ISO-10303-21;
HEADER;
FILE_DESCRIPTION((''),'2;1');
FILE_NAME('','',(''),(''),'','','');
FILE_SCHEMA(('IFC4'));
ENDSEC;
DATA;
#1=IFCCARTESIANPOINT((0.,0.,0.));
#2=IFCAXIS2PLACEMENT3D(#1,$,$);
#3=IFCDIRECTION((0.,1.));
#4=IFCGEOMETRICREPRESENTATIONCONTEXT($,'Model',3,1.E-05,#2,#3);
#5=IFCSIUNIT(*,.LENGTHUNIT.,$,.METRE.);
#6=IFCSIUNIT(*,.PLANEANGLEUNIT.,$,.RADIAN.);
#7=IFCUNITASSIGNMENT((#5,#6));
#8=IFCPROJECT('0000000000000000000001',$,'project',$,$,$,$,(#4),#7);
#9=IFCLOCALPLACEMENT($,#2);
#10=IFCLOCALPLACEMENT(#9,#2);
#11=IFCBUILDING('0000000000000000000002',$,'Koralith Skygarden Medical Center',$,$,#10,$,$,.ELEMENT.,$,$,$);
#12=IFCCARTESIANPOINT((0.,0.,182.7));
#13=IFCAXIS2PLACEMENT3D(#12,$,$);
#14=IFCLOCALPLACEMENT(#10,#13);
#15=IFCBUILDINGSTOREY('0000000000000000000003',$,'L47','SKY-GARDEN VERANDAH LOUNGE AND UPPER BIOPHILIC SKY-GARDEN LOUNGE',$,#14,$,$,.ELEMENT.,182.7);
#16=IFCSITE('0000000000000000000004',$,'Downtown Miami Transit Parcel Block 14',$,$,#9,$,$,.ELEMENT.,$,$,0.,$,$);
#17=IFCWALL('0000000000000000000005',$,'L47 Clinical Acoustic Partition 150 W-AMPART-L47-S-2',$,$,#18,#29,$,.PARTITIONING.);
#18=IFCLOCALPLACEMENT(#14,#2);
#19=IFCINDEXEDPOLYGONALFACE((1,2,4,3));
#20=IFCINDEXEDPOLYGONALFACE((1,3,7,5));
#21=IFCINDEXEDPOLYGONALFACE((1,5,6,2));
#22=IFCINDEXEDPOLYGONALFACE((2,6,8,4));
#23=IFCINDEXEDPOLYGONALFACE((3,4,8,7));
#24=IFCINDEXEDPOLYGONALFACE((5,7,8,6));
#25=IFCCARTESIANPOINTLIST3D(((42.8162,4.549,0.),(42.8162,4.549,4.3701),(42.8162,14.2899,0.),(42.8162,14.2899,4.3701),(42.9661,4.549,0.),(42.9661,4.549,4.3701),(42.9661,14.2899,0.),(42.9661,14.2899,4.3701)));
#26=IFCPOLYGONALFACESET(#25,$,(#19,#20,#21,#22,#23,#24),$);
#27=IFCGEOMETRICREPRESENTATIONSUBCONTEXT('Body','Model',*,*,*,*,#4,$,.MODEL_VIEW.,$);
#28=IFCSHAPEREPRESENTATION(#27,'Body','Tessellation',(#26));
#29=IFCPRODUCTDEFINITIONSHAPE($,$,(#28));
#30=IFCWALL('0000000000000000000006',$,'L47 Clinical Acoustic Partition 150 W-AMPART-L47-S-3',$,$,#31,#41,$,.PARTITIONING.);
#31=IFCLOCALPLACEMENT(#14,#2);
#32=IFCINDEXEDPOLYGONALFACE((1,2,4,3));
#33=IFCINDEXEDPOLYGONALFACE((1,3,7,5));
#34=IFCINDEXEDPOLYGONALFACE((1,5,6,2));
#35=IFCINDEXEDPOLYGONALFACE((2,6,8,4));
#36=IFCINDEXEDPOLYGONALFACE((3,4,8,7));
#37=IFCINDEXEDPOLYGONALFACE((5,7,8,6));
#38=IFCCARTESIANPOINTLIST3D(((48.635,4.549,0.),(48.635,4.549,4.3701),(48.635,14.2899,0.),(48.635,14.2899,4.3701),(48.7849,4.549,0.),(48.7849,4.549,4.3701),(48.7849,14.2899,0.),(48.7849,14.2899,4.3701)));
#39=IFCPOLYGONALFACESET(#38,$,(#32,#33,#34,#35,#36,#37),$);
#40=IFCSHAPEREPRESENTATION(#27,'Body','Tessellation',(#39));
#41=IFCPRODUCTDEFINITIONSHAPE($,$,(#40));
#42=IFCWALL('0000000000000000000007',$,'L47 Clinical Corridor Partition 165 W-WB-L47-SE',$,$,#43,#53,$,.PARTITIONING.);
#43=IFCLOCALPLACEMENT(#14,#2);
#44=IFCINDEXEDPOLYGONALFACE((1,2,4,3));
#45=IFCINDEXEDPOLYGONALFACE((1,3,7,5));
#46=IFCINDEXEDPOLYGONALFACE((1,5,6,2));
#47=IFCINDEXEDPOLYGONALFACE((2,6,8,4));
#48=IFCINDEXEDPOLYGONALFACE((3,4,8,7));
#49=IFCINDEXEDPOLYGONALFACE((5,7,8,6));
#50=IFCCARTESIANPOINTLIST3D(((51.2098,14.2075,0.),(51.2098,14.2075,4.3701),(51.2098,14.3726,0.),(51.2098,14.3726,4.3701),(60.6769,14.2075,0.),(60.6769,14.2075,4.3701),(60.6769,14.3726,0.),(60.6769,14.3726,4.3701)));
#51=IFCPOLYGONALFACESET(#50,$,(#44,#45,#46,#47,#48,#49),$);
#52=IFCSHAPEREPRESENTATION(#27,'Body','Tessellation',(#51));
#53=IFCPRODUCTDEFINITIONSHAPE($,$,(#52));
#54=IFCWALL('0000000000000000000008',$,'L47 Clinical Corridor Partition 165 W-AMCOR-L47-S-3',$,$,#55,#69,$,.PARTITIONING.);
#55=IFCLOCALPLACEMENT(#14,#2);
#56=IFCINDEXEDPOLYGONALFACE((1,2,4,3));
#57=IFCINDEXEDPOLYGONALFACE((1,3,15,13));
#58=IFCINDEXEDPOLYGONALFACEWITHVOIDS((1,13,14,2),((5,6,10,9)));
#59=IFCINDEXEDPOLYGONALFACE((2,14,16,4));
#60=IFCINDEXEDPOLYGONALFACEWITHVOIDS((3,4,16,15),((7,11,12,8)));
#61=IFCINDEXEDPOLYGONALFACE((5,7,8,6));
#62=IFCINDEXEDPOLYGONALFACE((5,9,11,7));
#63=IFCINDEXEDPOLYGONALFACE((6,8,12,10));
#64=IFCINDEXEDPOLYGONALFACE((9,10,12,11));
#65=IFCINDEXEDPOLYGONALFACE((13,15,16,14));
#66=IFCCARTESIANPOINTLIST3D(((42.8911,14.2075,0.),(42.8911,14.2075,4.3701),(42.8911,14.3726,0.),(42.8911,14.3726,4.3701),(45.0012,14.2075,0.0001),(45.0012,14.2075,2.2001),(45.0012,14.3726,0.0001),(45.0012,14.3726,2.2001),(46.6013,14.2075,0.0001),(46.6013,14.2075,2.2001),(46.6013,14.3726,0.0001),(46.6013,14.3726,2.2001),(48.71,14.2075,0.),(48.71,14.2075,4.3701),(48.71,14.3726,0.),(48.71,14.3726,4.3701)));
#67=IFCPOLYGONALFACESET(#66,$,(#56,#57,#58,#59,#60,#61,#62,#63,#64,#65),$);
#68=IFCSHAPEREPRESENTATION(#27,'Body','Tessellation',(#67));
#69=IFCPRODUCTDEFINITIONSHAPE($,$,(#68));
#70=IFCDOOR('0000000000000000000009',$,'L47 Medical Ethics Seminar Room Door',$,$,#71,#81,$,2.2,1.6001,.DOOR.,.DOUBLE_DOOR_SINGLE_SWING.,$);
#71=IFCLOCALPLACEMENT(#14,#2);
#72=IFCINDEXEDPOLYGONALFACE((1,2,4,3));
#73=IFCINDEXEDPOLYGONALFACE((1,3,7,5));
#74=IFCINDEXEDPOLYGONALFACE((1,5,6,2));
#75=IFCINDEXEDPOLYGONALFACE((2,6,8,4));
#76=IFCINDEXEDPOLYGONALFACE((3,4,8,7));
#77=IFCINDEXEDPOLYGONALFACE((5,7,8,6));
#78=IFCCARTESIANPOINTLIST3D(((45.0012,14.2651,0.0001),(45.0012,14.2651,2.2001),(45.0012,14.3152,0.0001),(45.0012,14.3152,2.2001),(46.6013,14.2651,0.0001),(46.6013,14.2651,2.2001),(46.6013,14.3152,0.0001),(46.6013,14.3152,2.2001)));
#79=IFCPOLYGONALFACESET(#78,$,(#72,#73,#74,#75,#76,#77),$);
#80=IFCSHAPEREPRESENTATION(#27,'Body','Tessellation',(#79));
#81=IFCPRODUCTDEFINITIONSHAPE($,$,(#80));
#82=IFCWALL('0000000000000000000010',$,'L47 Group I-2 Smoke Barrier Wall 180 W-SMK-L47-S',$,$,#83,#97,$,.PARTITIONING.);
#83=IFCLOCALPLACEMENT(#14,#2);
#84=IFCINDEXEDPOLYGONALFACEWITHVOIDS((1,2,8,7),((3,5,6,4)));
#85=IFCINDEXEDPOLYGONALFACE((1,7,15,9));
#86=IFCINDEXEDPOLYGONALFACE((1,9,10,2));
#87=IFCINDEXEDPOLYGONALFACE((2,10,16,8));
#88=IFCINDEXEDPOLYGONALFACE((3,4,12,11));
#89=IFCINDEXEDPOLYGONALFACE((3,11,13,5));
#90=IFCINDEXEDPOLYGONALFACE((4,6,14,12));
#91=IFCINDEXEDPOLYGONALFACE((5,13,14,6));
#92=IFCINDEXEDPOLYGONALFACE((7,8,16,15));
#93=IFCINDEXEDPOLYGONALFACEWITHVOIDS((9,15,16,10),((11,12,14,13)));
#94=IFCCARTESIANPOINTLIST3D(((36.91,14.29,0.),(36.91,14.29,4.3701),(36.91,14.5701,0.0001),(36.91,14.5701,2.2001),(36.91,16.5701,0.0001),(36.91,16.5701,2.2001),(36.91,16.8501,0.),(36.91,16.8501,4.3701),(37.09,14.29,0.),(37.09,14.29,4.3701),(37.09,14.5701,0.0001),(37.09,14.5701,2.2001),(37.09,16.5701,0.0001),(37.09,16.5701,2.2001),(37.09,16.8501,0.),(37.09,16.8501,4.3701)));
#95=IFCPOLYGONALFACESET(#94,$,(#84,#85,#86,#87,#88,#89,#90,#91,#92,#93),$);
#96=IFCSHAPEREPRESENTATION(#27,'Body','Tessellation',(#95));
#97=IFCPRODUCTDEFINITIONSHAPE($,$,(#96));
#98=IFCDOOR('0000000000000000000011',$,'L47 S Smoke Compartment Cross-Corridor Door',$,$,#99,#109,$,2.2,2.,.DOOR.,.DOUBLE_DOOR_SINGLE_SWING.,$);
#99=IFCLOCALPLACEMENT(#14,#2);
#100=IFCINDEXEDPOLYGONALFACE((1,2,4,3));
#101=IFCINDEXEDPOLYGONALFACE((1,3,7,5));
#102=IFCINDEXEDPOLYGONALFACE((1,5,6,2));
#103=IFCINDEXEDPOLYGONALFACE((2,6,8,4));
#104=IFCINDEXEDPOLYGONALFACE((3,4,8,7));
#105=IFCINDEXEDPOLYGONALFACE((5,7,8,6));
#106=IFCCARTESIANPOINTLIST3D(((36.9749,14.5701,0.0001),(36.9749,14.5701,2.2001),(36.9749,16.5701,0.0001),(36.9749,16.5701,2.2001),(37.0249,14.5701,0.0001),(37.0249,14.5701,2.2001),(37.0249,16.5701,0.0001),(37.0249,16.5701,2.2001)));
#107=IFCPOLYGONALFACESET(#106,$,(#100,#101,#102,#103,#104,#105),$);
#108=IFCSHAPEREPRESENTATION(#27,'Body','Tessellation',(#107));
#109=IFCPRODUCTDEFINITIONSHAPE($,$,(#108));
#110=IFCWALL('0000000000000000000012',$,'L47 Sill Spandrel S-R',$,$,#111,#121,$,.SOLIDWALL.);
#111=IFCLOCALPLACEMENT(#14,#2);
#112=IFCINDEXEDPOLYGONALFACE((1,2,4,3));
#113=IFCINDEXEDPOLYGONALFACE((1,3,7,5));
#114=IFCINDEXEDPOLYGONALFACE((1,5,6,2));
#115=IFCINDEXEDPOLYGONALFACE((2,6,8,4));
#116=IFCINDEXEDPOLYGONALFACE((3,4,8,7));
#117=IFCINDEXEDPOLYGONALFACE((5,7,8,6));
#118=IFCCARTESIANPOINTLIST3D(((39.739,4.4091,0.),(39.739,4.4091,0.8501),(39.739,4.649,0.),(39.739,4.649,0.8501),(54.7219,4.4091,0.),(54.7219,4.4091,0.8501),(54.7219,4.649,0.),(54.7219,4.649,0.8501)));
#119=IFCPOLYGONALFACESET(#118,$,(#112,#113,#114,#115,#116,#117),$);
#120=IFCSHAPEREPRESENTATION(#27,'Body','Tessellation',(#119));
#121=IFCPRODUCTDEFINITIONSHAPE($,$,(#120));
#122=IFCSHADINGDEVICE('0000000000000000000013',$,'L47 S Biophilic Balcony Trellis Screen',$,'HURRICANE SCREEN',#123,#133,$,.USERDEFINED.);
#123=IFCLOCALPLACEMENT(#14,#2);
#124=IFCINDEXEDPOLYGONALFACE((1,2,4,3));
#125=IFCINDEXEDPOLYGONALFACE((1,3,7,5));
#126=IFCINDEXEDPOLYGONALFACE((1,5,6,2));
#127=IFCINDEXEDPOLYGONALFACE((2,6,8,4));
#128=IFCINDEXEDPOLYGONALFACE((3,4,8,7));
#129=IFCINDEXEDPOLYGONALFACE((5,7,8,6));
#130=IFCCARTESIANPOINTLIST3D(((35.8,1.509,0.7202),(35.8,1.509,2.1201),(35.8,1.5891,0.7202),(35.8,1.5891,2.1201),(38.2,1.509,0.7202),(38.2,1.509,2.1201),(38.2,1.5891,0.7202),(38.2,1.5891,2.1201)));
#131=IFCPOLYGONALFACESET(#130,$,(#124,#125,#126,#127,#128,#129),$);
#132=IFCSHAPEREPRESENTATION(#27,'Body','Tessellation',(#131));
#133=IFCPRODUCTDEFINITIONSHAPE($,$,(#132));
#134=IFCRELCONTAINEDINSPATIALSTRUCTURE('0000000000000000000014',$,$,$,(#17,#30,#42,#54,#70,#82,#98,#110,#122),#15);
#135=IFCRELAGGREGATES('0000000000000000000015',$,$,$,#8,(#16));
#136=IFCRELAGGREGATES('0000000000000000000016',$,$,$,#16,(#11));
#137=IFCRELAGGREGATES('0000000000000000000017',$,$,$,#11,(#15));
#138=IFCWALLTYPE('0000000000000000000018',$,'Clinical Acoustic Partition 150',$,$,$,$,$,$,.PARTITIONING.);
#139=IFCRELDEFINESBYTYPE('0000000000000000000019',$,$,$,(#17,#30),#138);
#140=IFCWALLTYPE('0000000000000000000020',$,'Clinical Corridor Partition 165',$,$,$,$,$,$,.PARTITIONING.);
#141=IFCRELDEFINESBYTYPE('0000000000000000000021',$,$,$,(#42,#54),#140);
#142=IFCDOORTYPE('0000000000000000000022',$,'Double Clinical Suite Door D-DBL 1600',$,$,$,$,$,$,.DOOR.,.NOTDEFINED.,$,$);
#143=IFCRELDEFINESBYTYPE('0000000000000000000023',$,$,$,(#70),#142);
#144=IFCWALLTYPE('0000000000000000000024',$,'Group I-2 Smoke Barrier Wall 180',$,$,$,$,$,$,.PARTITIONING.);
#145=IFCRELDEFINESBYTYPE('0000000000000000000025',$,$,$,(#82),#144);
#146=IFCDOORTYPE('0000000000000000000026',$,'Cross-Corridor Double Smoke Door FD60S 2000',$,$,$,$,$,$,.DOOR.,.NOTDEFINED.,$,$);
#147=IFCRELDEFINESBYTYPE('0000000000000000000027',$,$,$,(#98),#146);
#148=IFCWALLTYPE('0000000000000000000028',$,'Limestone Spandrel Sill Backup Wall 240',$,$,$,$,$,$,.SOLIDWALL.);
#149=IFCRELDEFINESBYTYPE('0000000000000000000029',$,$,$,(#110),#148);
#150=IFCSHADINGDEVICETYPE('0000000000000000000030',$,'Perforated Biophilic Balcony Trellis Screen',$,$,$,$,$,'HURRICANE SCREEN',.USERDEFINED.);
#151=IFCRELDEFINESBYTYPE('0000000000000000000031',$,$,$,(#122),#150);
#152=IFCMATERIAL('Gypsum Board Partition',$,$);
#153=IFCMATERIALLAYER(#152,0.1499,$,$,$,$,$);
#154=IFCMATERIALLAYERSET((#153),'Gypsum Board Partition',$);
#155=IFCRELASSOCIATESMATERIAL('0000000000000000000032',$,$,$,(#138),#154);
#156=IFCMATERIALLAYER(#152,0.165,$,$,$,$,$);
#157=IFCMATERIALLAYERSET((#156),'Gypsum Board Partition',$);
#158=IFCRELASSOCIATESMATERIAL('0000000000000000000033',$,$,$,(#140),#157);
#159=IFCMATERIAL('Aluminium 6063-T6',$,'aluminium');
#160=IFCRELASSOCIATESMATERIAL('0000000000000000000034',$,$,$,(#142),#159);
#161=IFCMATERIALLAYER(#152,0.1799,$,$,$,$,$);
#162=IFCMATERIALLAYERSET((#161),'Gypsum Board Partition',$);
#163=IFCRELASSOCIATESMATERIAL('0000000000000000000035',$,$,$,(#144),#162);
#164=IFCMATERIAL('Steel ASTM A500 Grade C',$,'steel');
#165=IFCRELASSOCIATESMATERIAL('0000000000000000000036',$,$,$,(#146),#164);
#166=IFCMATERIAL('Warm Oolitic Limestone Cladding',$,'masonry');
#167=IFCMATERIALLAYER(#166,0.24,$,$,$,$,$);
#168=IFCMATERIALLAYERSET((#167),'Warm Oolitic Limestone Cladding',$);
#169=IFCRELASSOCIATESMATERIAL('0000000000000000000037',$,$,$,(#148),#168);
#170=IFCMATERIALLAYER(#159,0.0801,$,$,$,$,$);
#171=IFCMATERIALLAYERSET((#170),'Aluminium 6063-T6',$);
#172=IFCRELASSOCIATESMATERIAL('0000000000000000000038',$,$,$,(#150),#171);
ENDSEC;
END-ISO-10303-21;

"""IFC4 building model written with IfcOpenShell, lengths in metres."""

from ifc_helpers import new_model, si_unit, direction, frame, frame_2d, origin, origin_2d, place, context, subcontext, project, spatial, rectangle, extrude, material, layer, layer_set, type_object, element, fill, save


model = new_model("IFC4")

# Units and contexts
model_context = context("Model", 3, precision=1e-05, world=origin(), true_north=direction((0.0, 1.0)))
body_context = subcontext(model_context, "Body", "Model", "MODEL_VIEW")
ifc_project = project(units=[si_unit("LENGTHUNIT", "METRE"), si_unit("PLANEANGLEUNIT", "RADIAN")], contexts=[model_context])

# Site, building, storey
site_placement = place(None, origin())
site = spatial("IfcSite", under=ifc_project, at=site_placement, Name="Downtown Miami Transit Parcel Block 14", CompositionType="ELEMENT", RefElevation=0.0)
building_placement = place(site_placement, origin())
building = spatial("IfcBuilding", under=site, at=building_placement, Name="Koralith Skygarden Medical Center", CompositionType="ELEMENT")
storey_placement = place(building_placement, frame((0.0, 0.0, 182.7)))
storey = spatial("IfcBuildingStorey", under=building, at=storey_placement, Name="L47", Description="SKY-GARDEN VERANDAH LOUNGE AND UPPER BIOPHILIC SKY-GARDEN LOUNGE", CompositionType="ELEMENT", Elevation=182.7)

# Shared definitions
ifc_material_1 = material(Name="Aluminium 6063-T6", Category="aluminium")

# Walls
ifc_material_2 = material(Name="Gypsum Board Partition")
ifc_layer_1 = layer(ifc_material_2, 0.1499)
ifc_layer_set_1 = layer_set([ifc_layer_1], Name="Gypsum Board Partition")
wall_type_1 = type_object("IfcWallType", Name="Clinical Acoustic Partition 150", PredefinedType="PARTITIONING", material=ifc_layer_set_1)
for number, where, z_axis, x_axis, name in (
    (1, (42.8911, 14.29, 0.0), (0.0, 0.0, 1.0), (0.0, -1.0, 0.0), "L47 Clinical Acoustic Partition 150 W-AMPART-L47-S-2"),
    (2, (48.71, 14.29, 0.0), (0.0, 0.0, 1.0), (0.0, -1.0, 0.0), "L47 Clinical Acoustic Partition 150 W-AMPART-L47-S-3"),
):
    element("IfcWall", number, at=place(storey_placement, frame(where, z_axis=z_axis, x_axis=x_axis)), inside=storey, type_object=wall_type_1, Name=name, PredefinedType="PARTITIONING", context=body_context, shape_type="SweptSolid", body=[
        extrude(rectangle(XDim=9.741, YDim=0.1499, at=frame_2d((4.8706, 0.0))), origin(), (0.0, 0.0, 1.0), 4.3701),
    ])
ifc_layer_2 = layer(ifc_material_2, 0.165)
ifc_layer_set_2 = layer_set([ifc_layer_2], Name="Gypsum Board Partition")
wall_type_2 = type_object("IfcWallType", Name="Clinical Corridor Partition 165", PredefinedType="PARTITIONING", material=ifc_layer_set_2)
wall_1_placement = place(storey_placement, frame((51.21, 14.29, 0.0), z_axis=(0.0, 0.0, 1.0), x_axis=(1.0, 0.0, 0.0)))
element("IfcWall", 3, at=wall_1_placement, inside=storey, type_object=wall_type_2, Name="L47 Clinical Corridor Partition 165 W-WB-L47-SE", PredefinedType="PARTITIONING", context=body_context, shape_type="SweptSolid", body=[
    extrude(rectangle(XDim=9.467, YDim=0.165, at=frame_2d((4.7334, 0.0))), origin(), (0.0, 0.0, 1.0), 4.3701),
])

# Walls, openings, doors
wall_2_placement = place(storey_placement, frame((42.8911, 14.29, 0.0), z_axis=(0.0, 0.0, 1.0), x_axis=(1.0, 0.0, 0.0)))
wall_2 = element("IfcWall", 4, at=wall_2_placement, inside=storey, type_object=wall_type_2, Name="L47 Clinical Corridor Partition 165 W-AMCOR-L47-S-3", PredefinedType="PARTITIONING", context=body_context, shape_type="SweptSolid", body=[
    extrude(rectangle(XDim=5.8188, YDim=0.165, at=frame_2d((2.9094, 0.0))), origin(), (0.0, 0.0, 1.0), 4.3701),
])
opening_1_placement = place(wall_2_placement, frame((2.1101, 0.0, 0.0)))
opening_1 = element("IfcOpeningElement", 5, at=opening_1_placement, cuts=wall_2, PredefinedType="OPENING", context=body_context, shape_type="SweptSolid", body=[
    extrude(rectangle(XDim=1.6001, YDim=2.2, at=frame_2d((0.8, 1.1001))), frame((0.0, 0.0925, 0.0), z_axis=(0.0, -1.0, 0.0), x_axis=(1.0, 0.0, 0.0)), (0.0, 0.0, 1.0), 0.1851),
])
door_type_1 = type_object("IfcDoorType", Name="Double Clinical Suite Door D-DBL 1600", OperationType="NOTDEFINED", PredefinedType="DOOR", material=ifc_material_1)
door_1_placement = place(opening_1_placement, frame((1.6001, 0.0, 0.0), z_axis=(0.0, 0.0, 1.0), x_axis=(-1.0, 0.0, 0.0)))
door_1 = element("IfcDoor", 6, at=door_1_placement, inside=storey, type_object=door_type_1, Name="L47 Medical Ethics Seminar Room Door", OperationType="DOUBLE_DOOR_SINGLE_SWING", OverallHeight=2.2, OverallWidth=1.6001, PredefinedType="DOOR", context=body_context, shape_type="SweptSolid", body=[
    extrude(rectangle(XDim=1.6001, YDim=2.2, at=frame_2d((0.8, 1.1001))), frame((0.0, 0.0249, 0.0), z_axis=(0.0, -1.0, 0.0), x_axis=(1.0, 0.0, 0.0)), (0.0, 0.0, 1.0), 0.05),
])
fill(opening_1, door_1)
ifc_layer_3 = layer(ifc_material_2, 0.1799)
ifc_layer_set_3 = layer_set([ifc_layer_3], Name="Gypsum Board Partition")
wall_type_3 = type_object("IfcWallType", Name="Group I-2 Smoke Barrier Wall 180", PredefinedType="PARTITIONING", material=ifc_layer_set_3)
wall_3_placement = place(storey_placement, frame((37.0, 14.29, 0.0), z_axis=(0.0, 0.0, 1.0), x_axis=(0.0, 1.0, 0.0)))
wall_3 = element("IfcWall", 7, at=wall_3_placement, inside=storey, type_object=wall_type_3, Name="L47 Group I-2 Smoke Barrier Wall 180 W-SMK-L47-S", PredefinedType="PARTITIONING", context=body_context, shape_type="SweptSolid", body=[
    extrude(rectangle(XDim=2.5601, YDim=0.1799, at=frame_2d((1.28, 0.0))), origin(), (0.0, 0.0, 1.0), 4.3701),
])
opening_2_placement = place(wall_3_placement, frame((0.28, 0.0, 0.0)))
opening_2 = element("IfcOpeningElement", 8, at=opening_2_placement, cuts=wall_3, PredefinedType="OPENING", context=body_context, shape_type="SweptSolid", body=[
    extrude(rectangle(XDim=2.0, YDim=2.2, at=frame_2d((1.0, 1.1001))), frame((0.0, 0.0999, 0.0), z_axis=(0.0, -1.0, 0.0), x_axis=(1.0, 0.0, 0.0)), (0.0, 0.0, 1.0), 0.2),
])
ifc_material_3 = material(Name="Steel ASTM A500 Grade C", Category="steel")
door_type_2 = type_object("IfcDoorType", Name="Cross-Corridor Double Smoke Door FD60S 2000", OperationType="NOTDEFINED", PredefinedType="DOOR", material=ifc_material_3)
door_2_placement = place(opening_2_placement, frame((2.0, 0.0, 0.0), z_axis=(0.0, 0.0, 1.0), x_axis=(-1.0, 0.0, 0.0)))
door_2 = element("IfcDoor", 9, at=door_2_placement, inside=storey, type_object=door_type_2, Name="L47 S Smoke Compartment Cross-Corridor Door", OperationType="DOUBLE_DOOR_SINGLE_SWING", OverallHeight=2.2, OverallWidth=2.0, PredefinedType="DOOR", context=body_context, shape_type="SweptSolid", body=[
    extrude(rectangle(XDim=2.0, YDim=2.2, at=frame_2d((1.0, 1.1001))), frame((0.0, 0.0249, 0.0), z_axis=(0.0, -1.0, 0.0), x_axis=(1.0, 0.0, 0.0)), (0.0, 0.0, 1.0), 0.05),
])
fill(opening_2, door_2)

# Wall
ifc_material_4 = material(Name="Warm Oolitic Limestone Cladding", Category="masonry")
ifc_layer_4 = layer(ifc_material_4, 0.24)
ifc_layer_set_4 = layer_set([ifc_layer_4], Name="Warm Oolitic Limestone Cladding")
wall_type_4 = type_object("IfcWallType", Name="Limestone Spandrel Sill Backup Wall 240", PredefinedType="SOLIDWALL", material=ifc_layer_set_4)
wall_4_placement = place(storey_placement, frame((39.739, 4.5291, 0.0), z_axis=(0.0, 0.0, 1.0), x_axis=(1.0, 0.0, 0.0)))
element("IfcWall", 10, at=wall_4_placement, inside=storey, type_object=wall_type_4, Name="L47 Sill Spandrel S-R", PredefinedType="SOLIDWALL", context=body_context, shape_type="SweptSolid", body=[
    extrude(rectangle(XDim=14.9829, YDim=0.24, at=frame_2d((7.4915, 0.0))), origin(), (0.0, 0.0, 1.0), 0.8501),
])

# Shading device
ifc_layer_5 = layer(ifc_material_1, 0.0801)
ifc_layer_set_5 = layer_set([ifc_layer_5], Name="Aluminium 6063-T6")
shading_device_type = type_object("IfcShadingDeviceType", Name="Perforated Biophilic Balcony Trellis Screen", ElementType="HURRICANE SCREEN", PredefinedType="USERDEFINED", material=ifc_layer_set_5)
shading_device_placement = place(storey_placement, frame((37.0, 1.5491, 0.7202), z_axis=(0.0, 0.0, 1.0), x_axis=(1.0, 0.0, 0.0)))
element("IfcShadingDevice", 11, at=shading_device_placement, inside=storey, type_object=shading_device_type, Name="L47 S Biophilic Balcony Trellis Screen", ObjectType="HURRICANE SCREEN", PredefinedType="USERDEFINED", context=body_context, shape_type="SweptSolid", body=[
    extrude(rectangle(XDim=2.3999, YDim=0.0801, at=origin_2d()), origin(), (0.0, 0.0, 1.0), 1.3999),
])

save(model, "model.ifc")
